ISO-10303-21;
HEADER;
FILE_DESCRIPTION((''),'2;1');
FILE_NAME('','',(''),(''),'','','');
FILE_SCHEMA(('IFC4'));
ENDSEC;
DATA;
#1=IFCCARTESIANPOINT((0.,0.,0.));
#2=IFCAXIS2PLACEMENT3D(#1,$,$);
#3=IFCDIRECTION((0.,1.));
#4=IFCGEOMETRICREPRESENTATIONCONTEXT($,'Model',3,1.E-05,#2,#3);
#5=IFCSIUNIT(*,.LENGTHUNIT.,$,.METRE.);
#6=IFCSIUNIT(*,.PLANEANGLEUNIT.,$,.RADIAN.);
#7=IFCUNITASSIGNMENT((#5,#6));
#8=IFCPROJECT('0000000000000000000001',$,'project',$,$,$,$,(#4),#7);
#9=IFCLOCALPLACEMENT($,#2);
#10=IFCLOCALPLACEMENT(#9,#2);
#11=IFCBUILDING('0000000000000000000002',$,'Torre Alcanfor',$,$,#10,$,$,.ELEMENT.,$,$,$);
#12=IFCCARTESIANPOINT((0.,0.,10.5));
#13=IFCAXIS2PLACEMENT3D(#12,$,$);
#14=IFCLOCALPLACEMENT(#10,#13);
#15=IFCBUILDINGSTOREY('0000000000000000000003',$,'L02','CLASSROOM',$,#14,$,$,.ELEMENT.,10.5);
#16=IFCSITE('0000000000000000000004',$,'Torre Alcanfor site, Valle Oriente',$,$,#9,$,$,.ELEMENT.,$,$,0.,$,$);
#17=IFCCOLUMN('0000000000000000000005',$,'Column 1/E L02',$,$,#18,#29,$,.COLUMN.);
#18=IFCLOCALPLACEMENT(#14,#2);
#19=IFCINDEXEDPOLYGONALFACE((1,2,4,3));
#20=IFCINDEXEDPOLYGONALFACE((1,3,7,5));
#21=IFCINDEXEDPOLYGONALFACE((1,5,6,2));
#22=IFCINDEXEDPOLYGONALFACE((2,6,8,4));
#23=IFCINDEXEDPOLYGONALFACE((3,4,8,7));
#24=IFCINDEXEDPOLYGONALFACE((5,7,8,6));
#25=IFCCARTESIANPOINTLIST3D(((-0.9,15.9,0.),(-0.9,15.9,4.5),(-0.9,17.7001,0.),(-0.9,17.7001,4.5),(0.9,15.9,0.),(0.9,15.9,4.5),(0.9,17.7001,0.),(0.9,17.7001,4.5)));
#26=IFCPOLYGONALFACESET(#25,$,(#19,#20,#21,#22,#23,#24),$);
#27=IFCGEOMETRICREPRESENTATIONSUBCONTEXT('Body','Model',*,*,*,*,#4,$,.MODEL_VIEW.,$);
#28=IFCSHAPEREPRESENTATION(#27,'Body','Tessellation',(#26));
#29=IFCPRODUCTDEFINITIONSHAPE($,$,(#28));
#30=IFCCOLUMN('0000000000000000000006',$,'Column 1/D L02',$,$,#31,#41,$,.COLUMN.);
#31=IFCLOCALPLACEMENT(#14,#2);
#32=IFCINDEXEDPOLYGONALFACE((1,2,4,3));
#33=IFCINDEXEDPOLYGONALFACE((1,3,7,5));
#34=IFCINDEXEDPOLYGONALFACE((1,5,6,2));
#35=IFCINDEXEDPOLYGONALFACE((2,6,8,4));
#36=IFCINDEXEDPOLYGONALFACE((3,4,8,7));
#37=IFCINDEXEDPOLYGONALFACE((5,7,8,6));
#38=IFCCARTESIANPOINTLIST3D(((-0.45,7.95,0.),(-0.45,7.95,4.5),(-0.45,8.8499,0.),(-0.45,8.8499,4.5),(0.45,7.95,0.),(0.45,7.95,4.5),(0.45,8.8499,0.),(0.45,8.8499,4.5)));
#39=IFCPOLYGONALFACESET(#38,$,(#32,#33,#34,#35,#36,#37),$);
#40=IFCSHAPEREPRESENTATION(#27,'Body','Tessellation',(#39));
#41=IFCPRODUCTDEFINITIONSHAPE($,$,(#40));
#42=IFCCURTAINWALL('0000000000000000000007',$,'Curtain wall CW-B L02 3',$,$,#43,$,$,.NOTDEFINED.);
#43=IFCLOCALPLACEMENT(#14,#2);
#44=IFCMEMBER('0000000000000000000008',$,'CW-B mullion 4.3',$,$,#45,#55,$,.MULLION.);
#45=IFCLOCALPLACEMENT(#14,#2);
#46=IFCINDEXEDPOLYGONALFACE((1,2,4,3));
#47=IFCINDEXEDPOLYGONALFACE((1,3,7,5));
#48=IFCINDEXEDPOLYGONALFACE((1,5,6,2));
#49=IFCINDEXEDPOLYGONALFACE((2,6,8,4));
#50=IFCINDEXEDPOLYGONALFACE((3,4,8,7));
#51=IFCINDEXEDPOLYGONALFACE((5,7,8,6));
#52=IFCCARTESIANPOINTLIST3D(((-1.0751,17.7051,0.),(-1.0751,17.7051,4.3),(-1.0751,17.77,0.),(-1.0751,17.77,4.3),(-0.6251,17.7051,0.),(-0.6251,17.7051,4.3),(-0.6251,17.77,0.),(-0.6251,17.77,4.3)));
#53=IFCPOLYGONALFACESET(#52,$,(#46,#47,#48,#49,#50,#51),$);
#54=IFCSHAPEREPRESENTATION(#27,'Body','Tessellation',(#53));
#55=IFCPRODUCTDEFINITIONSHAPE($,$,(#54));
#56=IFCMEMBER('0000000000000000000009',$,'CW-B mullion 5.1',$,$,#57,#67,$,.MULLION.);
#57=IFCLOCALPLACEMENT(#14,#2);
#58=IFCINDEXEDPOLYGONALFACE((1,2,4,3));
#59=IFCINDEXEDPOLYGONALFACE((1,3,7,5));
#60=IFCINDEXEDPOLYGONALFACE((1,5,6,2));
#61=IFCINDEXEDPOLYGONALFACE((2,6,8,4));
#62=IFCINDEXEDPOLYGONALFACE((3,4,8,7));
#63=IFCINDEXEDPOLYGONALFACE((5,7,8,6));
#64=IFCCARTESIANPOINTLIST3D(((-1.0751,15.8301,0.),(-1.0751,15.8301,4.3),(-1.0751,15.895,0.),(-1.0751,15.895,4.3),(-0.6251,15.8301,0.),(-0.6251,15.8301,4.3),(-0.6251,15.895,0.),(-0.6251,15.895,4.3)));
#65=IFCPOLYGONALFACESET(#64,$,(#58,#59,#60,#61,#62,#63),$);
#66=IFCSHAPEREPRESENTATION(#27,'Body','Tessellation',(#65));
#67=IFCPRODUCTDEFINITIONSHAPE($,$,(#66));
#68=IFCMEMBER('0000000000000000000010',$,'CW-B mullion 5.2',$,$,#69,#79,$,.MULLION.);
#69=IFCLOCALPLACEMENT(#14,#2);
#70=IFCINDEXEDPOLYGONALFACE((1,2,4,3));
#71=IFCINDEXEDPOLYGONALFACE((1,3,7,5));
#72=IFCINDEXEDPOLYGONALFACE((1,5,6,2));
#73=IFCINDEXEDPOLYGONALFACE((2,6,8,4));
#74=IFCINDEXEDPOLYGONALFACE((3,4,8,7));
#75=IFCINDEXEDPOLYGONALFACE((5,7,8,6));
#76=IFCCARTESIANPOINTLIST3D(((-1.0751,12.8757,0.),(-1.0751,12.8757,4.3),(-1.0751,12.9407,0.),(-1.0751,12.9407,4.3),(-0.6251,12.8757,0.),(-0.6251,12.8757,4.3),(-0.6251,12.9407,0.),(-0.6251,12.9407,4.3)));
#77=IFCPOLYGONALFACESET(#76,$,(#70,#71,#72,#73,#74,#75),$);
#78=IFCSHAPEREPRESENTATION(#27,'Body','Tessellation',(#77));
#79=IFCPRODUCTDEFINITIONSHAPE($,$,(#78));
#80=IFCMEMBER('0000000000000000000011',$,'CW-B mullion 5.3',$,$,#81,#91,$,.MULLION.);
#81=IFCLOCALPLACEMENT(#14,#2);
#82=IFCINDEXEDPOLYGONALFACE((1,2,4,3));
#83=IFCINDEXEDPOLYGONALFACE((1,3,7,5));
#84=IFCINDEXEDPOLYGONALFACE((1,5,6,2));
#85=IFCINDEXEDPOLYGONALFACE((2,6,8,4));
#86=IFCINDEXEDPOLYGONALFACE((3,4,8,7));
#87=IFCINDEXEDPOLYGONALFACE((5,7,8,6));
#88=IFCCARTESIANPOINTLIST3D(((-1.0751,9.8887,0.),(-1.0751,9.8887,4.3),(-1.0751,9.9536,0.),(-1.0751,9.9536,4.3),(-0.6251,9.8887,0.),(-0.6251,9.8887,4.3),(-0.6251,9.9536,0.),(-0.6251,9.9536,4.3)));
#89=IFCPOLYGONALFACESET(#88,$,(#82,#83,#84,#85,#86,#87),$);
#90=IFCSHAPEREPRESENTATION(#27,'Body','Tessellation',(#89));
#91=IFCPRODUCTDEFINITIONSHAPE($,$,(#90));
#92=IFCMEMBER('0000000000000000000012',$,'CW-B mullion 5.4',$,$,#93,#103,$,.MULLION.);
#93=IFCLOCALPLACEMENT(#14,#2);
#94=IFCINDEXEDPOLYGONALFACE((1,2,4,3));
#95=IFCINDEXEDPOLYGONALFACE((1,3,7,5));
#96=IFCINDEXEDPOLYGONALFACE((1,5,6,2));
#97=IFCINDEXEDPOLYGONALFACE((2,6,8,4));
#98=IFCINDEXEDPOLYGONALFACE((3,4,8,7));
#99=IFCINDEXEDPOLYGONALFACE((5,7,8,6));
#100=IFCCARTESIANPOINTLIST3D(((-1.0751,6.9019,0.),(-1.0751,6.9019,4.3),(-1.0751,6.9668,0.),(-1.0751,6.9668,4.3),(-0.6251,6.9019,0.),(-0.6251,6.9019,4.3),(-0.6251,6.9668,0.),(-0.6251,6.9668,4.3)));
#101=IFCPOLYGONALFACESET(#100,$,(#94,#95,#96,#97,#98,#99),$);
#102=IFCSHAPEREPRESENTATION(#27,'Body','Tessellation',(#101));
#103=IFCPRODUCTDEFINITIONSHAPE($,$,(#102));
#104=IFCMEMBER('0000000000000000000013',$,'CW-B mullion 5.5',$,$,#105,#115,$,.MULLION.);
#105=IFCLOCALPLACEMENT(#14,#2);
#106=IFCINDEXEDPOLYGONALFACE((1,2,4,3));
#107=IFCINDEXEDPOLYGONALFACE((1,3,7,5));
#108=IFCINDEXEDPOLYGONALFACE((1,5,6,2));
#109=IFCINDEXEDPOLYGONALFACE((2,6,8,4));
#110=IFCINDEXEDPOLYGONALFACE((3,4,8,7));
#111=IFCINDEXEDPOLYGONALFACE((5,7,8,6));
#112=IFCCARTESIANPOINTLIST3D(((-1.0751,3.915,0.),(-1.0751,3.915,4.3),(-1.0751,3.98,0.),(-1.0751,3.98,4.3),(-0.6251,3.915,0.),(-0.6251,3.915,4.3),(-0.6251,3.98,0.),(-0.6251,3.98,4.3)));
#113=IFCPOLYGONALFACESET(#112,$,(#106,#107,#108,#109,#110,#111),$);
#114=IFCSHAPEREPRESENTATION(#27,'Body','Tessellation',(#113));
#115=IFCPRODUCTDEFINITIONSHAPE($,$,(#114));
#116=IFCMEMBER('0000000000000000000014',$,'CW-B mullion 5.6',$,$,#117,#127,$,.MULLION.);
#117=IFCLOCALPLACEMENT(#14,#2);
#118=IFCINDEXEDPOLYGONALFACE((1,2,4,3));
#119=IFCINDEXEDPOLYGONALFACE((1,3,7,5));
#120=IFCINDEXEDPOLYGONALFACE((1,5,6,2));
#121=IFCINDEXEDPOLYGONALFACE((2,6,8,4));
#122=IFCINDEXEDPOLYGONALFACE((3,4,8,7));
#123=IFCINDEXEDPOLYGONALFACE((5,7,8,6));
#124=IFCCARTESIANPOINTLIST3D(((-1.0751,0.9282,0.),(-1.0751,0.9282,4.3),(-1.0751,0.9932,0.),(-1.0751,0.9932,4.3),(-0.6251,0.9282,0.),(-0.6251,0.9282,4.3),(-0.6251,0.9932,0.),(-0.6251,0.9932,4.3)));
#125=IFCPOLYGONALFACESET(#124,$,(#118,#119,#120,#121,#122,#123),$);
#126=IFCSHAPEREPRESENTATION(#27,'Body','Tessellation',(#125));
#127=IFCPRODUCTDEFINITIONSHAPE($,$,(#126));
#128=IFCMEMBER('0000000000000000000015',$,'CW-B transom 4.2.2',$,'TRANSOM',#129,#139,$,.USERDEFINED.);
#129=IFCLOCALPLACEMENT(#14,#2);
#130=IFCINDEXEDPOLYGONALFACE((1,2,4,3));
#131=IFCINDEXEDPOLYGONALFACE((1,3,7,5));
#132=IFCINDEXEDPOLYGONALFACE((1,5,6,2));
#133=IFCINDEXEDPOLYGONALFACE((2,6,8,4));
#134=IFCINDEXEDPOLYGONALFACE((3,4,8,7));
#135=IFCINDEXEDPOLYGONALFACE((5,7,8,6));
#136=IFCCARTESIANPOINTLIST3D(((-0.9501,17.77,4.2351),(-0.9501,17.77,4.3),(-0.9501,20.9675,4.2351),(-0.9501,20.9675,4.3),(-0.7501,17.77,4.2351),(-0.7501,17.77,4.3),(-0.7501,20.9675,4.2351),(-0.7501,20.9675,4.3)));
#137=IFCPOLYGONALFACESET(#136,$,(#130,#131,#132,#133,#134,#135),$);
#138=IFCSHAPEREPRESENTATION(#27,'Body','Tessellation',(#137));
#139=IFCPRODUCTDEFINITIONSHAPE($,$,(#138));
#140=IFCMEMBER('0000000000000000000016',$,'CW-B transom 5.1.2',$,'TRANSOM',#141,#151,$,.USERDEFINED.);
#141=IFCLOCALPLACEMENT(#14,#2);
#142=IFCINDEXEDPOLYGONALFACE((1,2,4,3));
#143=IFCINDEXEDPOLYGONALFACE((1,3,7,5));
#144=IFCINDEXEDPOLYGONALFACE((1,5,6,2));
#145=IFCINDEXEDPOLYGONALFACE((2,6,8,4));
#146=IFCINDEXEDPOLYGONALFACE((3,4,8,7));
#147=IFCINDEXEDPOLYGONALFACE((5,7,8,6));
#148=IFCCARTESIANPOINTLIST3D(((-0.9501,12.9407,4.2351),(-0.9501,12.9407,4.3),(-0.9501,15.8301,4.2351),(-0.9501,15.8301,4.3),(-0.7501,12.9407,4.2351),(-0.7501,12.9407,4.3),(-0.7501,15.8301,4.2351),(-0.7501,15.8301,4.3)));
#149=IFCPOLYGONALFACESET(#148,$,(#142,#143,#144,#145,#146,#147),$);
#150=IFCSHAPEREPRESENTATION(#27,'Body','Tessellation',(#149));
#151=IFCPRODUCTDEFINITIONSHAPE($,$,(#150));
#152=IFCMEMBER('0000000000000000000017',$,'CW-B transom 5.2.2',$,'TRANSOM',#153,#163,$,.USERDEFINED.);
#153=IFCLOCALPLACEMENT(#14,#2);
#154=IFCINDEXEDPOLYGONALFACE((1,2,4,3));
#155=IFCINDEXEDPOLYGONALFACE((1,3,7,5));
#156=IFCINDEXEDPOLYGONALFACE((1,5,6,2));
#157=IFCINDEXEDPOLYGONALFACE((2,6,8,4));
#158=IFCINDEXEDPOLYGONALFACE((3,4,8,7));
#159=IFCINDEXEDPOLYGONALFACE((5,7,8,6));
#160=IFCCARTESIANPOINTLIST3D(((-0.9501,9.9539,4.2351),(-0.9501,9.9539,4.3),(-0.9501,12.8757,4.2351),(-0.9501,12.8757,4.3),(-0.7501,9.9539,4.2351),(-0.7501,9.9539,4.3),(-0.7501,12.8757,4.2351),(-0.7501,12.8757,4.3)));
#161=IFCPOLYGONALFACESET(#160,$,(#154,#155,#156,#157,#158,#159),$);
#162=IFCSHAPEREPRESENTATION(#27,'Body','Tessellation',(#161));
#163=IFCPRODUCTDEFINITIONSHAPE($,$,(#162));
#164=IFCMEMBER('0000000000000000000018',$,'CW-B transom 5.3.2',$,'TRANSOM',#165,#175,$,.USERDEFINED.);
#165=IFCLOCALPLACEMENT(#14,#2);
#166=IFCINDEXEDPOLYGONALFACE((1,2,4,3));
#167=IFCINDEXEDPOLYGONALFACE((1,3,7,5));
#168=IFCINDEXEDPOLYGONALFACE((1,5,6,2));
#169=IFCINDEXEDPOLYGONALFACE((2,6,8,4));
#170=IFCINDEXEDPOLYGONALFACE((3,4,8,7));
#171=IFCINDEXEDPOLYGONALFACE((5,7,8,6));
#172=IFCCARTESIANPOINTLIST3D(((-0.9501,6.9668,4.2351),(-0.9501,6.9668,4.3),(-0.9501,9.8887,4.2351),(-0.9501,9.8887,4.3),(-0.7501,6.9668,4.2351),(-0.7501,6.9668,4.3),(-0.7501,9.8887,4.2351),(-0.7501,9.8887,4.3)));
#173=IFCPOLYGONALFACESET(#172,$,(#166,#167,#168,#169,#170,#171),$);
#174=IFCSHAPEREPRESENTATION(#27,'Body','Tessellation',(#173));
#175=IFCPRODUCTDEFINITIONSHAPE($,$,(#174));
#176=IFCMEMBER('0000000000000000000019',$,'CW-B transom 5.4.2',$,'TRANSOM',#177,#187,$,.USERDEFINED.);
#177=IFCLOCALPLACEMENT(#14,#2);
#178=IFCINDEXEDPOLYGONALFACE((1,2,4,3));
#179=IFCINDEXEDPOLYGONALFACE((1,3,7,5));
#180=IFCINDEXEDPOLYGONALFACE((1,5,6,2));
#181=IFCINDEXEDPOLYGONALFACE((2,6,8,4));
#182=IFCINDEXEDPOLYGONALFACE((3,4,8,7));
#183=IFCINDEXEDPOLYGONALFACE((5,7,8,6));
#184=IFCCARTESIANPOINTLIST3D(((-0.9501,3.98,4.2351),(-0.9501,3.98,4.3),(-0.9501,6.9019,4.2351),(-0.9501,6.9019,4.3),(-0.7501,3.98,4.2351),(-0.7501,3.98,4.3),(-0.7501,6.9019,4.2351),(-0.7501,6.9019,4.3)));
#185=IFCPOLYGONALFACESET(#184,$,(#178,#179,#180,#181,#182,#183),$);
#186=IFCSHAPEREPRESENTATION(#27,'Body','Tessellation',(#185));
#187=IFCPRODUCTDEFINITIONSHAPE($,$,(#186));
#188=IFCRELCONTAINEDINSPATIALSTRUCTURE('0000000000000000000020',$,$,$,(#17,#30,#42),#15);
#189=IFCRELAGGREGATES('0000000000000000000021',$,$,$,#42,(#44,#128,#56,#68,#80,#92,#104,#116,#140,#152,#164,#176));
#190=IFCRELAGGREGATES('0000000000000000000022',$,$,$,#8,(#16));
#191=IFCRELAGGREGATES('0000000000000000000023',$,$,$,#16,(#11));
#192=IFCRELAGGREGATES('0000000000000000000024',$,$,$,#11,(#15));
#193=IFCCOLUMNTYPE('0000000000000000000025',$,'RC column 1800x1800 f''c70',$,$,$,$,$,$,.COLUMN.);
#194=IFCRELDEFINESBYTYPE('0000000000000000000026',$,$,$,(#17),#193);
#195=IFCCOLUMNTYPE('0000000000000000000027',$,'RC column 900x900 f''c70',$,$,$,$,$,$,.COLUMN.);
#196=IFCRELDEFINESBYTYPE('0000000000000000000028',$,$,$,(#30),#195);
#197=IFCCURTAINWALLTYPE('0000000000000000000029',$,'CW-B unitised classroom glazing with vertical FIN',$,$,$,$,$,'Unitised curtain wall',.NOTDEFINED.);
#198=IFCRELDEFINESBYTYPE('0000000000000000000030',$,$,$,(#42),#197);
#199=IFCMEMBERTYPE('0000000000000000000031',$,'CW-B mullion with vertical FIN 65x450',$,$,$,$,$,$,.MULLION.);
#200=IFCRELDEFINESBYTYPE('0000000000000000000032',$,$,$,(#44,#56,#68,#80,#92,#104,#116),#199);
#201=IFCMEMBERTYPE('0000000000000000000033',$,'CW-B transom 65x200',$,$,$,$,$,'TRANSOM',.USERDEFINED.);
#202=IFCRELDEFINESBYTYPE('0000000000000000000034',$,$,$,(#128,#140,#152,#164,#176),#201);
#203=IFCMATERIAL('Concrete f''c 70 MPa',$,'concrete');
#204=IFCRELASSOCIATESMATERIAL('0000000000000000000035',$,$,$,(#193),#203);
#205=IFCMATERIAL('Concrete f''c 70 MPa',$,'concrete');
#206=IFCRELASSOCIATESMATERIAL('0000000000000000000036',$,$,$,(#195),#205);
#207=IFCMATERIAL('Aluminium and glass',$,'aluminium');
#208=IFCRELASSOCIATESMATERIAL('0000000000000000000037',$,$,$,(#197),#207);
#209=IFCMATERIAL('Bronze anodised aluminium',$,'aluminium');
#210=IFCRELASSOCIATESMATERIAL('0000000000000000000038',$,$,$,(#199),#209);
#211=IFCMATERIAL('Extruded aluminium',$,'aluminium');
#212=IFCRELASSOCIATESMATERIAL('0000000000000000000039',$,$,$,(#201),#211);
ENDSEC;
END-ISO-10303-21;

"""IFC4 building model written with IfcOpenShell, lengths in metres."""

from ifc_helpers import new_model, si_unit, direction, frame, origin, origin_2d, place, context, subcontext, project, spatial, rectangle, extrude, material, material_profile, profile_set, type_object, element, aggregate, save


model = new_model("IFC4")

# Units and contexts
model_context = context("Model", 3, precision=1e-05, world=origin(), true_north=direction((0.0, 1.0)))
body_context = subcontext(model_context, "Body", "Model", "MODEL_VIEW")
ifc_project = project(units=[si_unit("LENGTHUNIT", "METRE"), si_unit("PLANEANGLEUNIT", "RADIAN")], contexts=[model_context])

# Site, building, storey
site_placement = place(None, origin())
site = spatial("IfcSite", under=ifc_project, at=site_placement, Name="Torre Alcanfor site, Valle Oriente", CompositionType="ELEMENT", RefElevation=0.0)
building_placement = place(site_placement, origin())
building = spatial("IfcBuilding", under=site, at=building_placement, Name="Torre Alcanfor", CompositionType="ELEMENT")
storey_placement = place(building_placement, frame((0.0, 0.0, 10.5)))
storey = spatial("IfcBuildingStorey", under=building, at=storey_placement, Name="L02", Description="CLASSROOM", CompositionType="ELEMENT", Elevation=10.5)

# Columns
ifc_material_1 = material(Name="Concrete f'c 70 MPa", Category="concrete")
ifc_material_profile_1 = material_profile(ifc_material_1, rectangle(XDim=1.8, YDim=1.8, at=origin_2d()), Name="1800x1800")
ifc_profile_set_1 = profile_set([ifc_material_profile_1], Name="Concrete f'c 70 MPa")
column_type_1 = type_object("IfcColumnType", Name="RC column 1800x1800 f'c70", PredefinedType="COLUMN", material=ifc_profile_set_1)
column_1_placement = place(storey_placement, frame((0.0, 16.8, 0.0), z_axis=(0.0, 0.0, 1.0), x_axis=(1.0, 0.0, 0.0)))
element("IfcColumn", 1, at=column_1_placement, inside=storey, type_object=column_type_1, Name="Column 1/E L02", PredefinedType="COLUMN", context=body_context, shape_type="SweptSolid", body=[
    extrude(rectangle(XDim=1.8, YDim=1.8, at=origin_2d()), origin(), (0.0, 0.0, 1.0), 4.5),
])
ifc_material_2 = material(Name="Concrete f'c 70 MPa", Category="concrete")
ifc_material_profile_2 = material_profile(ifc_material_2, rectangle(XDim=0.8999, YDim=0.8999, at=origin_2d()), Name="900x900")
ifc_profile_set_2 = profile_set([ifc_material_profile_2], Name="Concrete f'c 70 MPa")
column_type_2 = type_object("IfcColumnType", Name="RC column 900x900 f'c70", PredefinedType="COLUMN", material=ifc_profile_set_2)
column_2_placement = place(storey_placement, frame((0.0, 8.3999, 0.0), z_axis=(0.0, 0.0, 1.0), x_axis=(1.0, 0.0, 0.0)))
element("IfcColumn", 2, at=column_2_placement, inside=storey, type_object=column_type_2, Name="Column 1/D L02", PredefinedType="COLUMN", context=body_context, shape_type="SweptSolid", body=[
    extrude(rectangle(XDim=0.8999, YDim=0.8999, at=origin_2d()), origin(), (0.0, 0.0, 1.0), 4.5),
])

# Curtain wall, members
ifc_material_3 = material(Name="Aluminium and glass", Category="aluminium")
curtain_wall_type = type_object("IfcCurtainWallType", Name="CW-B unitised classroom glazing with vertical FIN", ElementType="Unitised curtain wall", PredefinedType="NOTDEFINED", material=ifc_material_3)
curtain_wall_placement = place(storey_placement, origin())
curtain_wall = element("IfcCurtainWall", 3, at=curtain_wall_placement, inside=storey, type_object=curtain_wall_type, Name="Curtain wall CW-B L02 3", PredefinedType="NOTDEFINED")
ifc_material_4 = material(Name="Bronze anodised aluminium", Category="aluminium")
ifc_material_profile_3 = material_profile(ifc_material_4, rectangle(XDim=0.45, YDim=0.0649, at=origin_2d()), Name="CW-B mullion 65x450")
ifc_profile_set_3 = profile_set([ifc_material_profile_3], Name="Bronze anodised aluminium")
member_type_1 = type_object("IfcMemberType", Name="CW-B mullion with vertical FIN 65x450", PredefinedType="MULLION", material=ifc_profile_set_3)
member_1_placement = place(storey_placement, frame((-0.8501, 17.7375, 0.0), z_axis=(0.0, 0.0, 1.0), x_axis=(1.0, 0.0, 0.0)))
member_1 = element("IfcMember", 4, at=member_1_placement, type_object=member_type_1, Name="CW-B mullion 4.3", PredefinedType="MULLION", context=body_context, shape_type="SweptSolid", body=[
    extrude(rectangle(XDim=0.45, YDim=0.0649, at=origin_2d()), origin(), (0.0, 0.0, 1.0), 4.3),
])
member_2_placement = place(storey_placement, frame((-0.8501, 15.8625, 0.0), z_axis=(0.0, 0.0, 1.0), x_axis=(1.0, 0.0, 0.0)))
member_2 = element("IfcMember", 5, at=member_2_placement, type_object=member_type_1, Name="CW-B mullion 5.1", PredefinedType="MULLION", context=body_context, shape_type="SweptSolid", body=[
    extrude(rectangle(XDim=0.45, YDim=0.0649, at=origin_2d()), origin(), (0.0, 0.0, 1.0), 4.3),
])
member_3_placement = place(storey_placement, frame((-0.8501, 12.9082, 0.0), z_axis=(0.0, 0.0, 1.0), x_axis=(1.0, 0.0, 0.0)))
member_3 = element("IfcMember", 6, at=member_3_placement, type_object=member_type_1, Name="CW-B mullion 5.2", PredefinedType="MULLION", context=body_context, shape_type="SweptSolid", body=[
    extrude(rectangle(XDim=0.45, YDim=0.0649, at=origin_2d()), origin(), (0.0, 0.0, 1.0), 4.3),
])
member_4_placement = place(storey_placement, frame((-0.8501, 9.9211, 0.0), z_axis=(0.0, 0.0, 1.0), x_axis=(1.0, 0.0, 0.0)))
member_4 = element("IfcMember", 7, at=member_4_placement, type_object=member_type_1, Name="CW-B mullion 5.3", PredefinedType="MULLION", context=body_context, shape_type="SweptSolid", body=[
    extrude(rectangle(XDim=0.45, YDim=0.0649, at=origin_2d()), origin(), (0.0, 0.0, 1.0), 4.3),
])
member_5_placement = place(storey_placement, frame((-0.8501, 6.9343, 0.0), z_axis=(0.0, 0.0, 1.0), x_axis=(1.0, 0.0, 0.0)))
member_5 = element("IfcMember", 8, at=member_5_placement, type_object=member_type_1, Name="CW-B mullion 5.4", PredefinedType="MULLION", context=body_context, shape_type="SweptSolid", body=[
    extrude(rectangle(XDim=0.45, YDim=0.0649, at=origin_2d()), origin(), (0.0, 0.0, 1.0), 4.3),
])
member_6_placement = place(storey_placement, frame((-0.8501, 3.9475, 0.0), z_axis=(0.0, 0.0, 1.0), x_axis=(1.0, 0.0, 0.0)))
member_6 = element("IfcMember", 9, at=member_6_placement, type_object=member_type_1, Name="CW-B mullion 5.5", PredefinedType="MULLION", context=body_context, shape_type="SweptSolid", body=[
    extrude(rectangle(XDim=0.45, YDim=0.0649, at=origin_2d()), origin(), (0.0, 0.0, 1.0), 4.3),
])
member_7_placement = place(storey_placement, frame((-0.8501, 0.9607, 0.0), z_axis=(0.0, 0.0, 1.0), x_axis=(1.0, 0.0, 0.0)))
member_7 = element("IfcMember", 10, at=member_7_placement, type_object=member_type_1, Name="CW-B mullion 5.6", PredefinedType="MULLION", context=body_context, shape_type="SweptSolid", body=[
    extrude(rectangle(XDim=0.45, YDim=0.0649, at=origin_2d()), origin(), (0.0, 0.0, 1.0), 4.3),
])
ifc_material_5 = material(Name="Extruded aluminium", Category="aluminium")
ifc_material_profile_4 = material_profile(ifc_material_5, rectangle(XDim=0.2, YDim=0.0649, at=origin_2d()), Name="CW-B transom 200x65")
ifc_profile_set_4 = profile_set([ifc_material_profile_4], Name="Extruded aluminium")
member_type_2 = type_object("IfcMemberType", Name="CW-B transom 65x200", ElementType="TRANSOM", PredefinedType="USERDEFINED", material=ifc_profile_set_4)
member_8_placement = place(storey_placement, frame((-0.8501, 20.9675, 4.2676), z_axis=(0.0, -1.0, 0.0), x_axis=(1.0, 0.0, 0.0)))
member_8 = element("IfcMember", 11, at=member_8_placement, type_object=member_type_2, Name="CW-B transom 4.2.2", ObjectType="TRANSOM", PredefinedType="USERDEFINED", context=body_context, shape_type="SweptSolid", body=[
    extrude(rectangle(XDim=0.2, YDim=0.0649, at=origin_2d()), origin(), (0.0, 0.0, 1.0), 3.1975),
])
member_9_placement = place(storey_placement, frame((-0.8501, 15.8301, 4.2676), z_axis=(0.0, -1.0, 0.0), x_axis=(1.0, 0.0, 0.0)))
member_9 = element("IfcMember", 12, at=member_9_placement, type_object=member_type_2, Name="CW-B transom 5.1.2", ObjectType="TRANSOM", PredefinedType="USERDEFINED", context=body_context, shape_type="SweptSolid", body=[
    extrude(rectangle(XDim=0.2, YDim=0.0649, at=origin_2d()), origin(), (0.0, 0.0, 1.0), 2.8894),
])
member_10_placement = place(storey_placement, frame((-0.8501, 12.8757, 4.2676), z_axis=(0.0, -1.0, 0.0), x_axis=(1.0, 0.0, 0.0)))
member_10 = element("IfcMember", 13, at=member_10_placement, type_object=member_type_2, Name="CW-B transom 5.2.2", ObjectType="TRANSOM", PredefinedType="USERDEFINED", context=body_context, shape_type="SweptSolid", body=[
    extrude(rectangle(XDim=0.2, YDim=0.0649, at=origin_2d()), origin(), (0.0, 0.0, 1.0), 2.9219),
])
member_11_placement = place(storey_placement, frame((-0.8501, 9.8887, 4.2676), z_axis=(0.0, -1.0, 0.0), x_axis=(1.0, 0.0, 0.0)))
member_11 = element("IfcMember", 14, at=member_11_placement, type_object=member_type_2, Name="CW-B transom 5.3.2", ObjectType="TRANSOM", PredefinedType="USERDEFINED", context=body_context, shape_type="SweptSolid", body=[
    extrude(rectangle(XDim=0.2, YDim=0.0649, at=origin_2d()), origin(), (0.0, 0.0, 1.0), 2.9219),
])
member_12_placement = place(storey_placement, frame((-0.8501, 6.9019, 4.2676), z_axis=(0.0, -1.0, 0.0), x_axis=(1.0, 0.0, 0.0)))
member_12 = element("IfcMember", 15, at=member_12_placement, type_object=member_type_2, Name="CW-B transom 5.4.2", ObjectType="TRANSOM", PredefinedType="USERDEFINED", context=body_context, shape_type="SweptSolid", body=[
    extrude(rectangle(XDim=0.2, YDim=0.0649, at=origin_2d()), origin(), (0.0, 0.0, 1.0), 2.9219),
])

aggregate(curtain_wall, [member_1, member_8, member_2, member_3, member_4, member_5, member_6, member_7, member_9, member_10, member_11, member_12])

save(model, "model.ifc")
